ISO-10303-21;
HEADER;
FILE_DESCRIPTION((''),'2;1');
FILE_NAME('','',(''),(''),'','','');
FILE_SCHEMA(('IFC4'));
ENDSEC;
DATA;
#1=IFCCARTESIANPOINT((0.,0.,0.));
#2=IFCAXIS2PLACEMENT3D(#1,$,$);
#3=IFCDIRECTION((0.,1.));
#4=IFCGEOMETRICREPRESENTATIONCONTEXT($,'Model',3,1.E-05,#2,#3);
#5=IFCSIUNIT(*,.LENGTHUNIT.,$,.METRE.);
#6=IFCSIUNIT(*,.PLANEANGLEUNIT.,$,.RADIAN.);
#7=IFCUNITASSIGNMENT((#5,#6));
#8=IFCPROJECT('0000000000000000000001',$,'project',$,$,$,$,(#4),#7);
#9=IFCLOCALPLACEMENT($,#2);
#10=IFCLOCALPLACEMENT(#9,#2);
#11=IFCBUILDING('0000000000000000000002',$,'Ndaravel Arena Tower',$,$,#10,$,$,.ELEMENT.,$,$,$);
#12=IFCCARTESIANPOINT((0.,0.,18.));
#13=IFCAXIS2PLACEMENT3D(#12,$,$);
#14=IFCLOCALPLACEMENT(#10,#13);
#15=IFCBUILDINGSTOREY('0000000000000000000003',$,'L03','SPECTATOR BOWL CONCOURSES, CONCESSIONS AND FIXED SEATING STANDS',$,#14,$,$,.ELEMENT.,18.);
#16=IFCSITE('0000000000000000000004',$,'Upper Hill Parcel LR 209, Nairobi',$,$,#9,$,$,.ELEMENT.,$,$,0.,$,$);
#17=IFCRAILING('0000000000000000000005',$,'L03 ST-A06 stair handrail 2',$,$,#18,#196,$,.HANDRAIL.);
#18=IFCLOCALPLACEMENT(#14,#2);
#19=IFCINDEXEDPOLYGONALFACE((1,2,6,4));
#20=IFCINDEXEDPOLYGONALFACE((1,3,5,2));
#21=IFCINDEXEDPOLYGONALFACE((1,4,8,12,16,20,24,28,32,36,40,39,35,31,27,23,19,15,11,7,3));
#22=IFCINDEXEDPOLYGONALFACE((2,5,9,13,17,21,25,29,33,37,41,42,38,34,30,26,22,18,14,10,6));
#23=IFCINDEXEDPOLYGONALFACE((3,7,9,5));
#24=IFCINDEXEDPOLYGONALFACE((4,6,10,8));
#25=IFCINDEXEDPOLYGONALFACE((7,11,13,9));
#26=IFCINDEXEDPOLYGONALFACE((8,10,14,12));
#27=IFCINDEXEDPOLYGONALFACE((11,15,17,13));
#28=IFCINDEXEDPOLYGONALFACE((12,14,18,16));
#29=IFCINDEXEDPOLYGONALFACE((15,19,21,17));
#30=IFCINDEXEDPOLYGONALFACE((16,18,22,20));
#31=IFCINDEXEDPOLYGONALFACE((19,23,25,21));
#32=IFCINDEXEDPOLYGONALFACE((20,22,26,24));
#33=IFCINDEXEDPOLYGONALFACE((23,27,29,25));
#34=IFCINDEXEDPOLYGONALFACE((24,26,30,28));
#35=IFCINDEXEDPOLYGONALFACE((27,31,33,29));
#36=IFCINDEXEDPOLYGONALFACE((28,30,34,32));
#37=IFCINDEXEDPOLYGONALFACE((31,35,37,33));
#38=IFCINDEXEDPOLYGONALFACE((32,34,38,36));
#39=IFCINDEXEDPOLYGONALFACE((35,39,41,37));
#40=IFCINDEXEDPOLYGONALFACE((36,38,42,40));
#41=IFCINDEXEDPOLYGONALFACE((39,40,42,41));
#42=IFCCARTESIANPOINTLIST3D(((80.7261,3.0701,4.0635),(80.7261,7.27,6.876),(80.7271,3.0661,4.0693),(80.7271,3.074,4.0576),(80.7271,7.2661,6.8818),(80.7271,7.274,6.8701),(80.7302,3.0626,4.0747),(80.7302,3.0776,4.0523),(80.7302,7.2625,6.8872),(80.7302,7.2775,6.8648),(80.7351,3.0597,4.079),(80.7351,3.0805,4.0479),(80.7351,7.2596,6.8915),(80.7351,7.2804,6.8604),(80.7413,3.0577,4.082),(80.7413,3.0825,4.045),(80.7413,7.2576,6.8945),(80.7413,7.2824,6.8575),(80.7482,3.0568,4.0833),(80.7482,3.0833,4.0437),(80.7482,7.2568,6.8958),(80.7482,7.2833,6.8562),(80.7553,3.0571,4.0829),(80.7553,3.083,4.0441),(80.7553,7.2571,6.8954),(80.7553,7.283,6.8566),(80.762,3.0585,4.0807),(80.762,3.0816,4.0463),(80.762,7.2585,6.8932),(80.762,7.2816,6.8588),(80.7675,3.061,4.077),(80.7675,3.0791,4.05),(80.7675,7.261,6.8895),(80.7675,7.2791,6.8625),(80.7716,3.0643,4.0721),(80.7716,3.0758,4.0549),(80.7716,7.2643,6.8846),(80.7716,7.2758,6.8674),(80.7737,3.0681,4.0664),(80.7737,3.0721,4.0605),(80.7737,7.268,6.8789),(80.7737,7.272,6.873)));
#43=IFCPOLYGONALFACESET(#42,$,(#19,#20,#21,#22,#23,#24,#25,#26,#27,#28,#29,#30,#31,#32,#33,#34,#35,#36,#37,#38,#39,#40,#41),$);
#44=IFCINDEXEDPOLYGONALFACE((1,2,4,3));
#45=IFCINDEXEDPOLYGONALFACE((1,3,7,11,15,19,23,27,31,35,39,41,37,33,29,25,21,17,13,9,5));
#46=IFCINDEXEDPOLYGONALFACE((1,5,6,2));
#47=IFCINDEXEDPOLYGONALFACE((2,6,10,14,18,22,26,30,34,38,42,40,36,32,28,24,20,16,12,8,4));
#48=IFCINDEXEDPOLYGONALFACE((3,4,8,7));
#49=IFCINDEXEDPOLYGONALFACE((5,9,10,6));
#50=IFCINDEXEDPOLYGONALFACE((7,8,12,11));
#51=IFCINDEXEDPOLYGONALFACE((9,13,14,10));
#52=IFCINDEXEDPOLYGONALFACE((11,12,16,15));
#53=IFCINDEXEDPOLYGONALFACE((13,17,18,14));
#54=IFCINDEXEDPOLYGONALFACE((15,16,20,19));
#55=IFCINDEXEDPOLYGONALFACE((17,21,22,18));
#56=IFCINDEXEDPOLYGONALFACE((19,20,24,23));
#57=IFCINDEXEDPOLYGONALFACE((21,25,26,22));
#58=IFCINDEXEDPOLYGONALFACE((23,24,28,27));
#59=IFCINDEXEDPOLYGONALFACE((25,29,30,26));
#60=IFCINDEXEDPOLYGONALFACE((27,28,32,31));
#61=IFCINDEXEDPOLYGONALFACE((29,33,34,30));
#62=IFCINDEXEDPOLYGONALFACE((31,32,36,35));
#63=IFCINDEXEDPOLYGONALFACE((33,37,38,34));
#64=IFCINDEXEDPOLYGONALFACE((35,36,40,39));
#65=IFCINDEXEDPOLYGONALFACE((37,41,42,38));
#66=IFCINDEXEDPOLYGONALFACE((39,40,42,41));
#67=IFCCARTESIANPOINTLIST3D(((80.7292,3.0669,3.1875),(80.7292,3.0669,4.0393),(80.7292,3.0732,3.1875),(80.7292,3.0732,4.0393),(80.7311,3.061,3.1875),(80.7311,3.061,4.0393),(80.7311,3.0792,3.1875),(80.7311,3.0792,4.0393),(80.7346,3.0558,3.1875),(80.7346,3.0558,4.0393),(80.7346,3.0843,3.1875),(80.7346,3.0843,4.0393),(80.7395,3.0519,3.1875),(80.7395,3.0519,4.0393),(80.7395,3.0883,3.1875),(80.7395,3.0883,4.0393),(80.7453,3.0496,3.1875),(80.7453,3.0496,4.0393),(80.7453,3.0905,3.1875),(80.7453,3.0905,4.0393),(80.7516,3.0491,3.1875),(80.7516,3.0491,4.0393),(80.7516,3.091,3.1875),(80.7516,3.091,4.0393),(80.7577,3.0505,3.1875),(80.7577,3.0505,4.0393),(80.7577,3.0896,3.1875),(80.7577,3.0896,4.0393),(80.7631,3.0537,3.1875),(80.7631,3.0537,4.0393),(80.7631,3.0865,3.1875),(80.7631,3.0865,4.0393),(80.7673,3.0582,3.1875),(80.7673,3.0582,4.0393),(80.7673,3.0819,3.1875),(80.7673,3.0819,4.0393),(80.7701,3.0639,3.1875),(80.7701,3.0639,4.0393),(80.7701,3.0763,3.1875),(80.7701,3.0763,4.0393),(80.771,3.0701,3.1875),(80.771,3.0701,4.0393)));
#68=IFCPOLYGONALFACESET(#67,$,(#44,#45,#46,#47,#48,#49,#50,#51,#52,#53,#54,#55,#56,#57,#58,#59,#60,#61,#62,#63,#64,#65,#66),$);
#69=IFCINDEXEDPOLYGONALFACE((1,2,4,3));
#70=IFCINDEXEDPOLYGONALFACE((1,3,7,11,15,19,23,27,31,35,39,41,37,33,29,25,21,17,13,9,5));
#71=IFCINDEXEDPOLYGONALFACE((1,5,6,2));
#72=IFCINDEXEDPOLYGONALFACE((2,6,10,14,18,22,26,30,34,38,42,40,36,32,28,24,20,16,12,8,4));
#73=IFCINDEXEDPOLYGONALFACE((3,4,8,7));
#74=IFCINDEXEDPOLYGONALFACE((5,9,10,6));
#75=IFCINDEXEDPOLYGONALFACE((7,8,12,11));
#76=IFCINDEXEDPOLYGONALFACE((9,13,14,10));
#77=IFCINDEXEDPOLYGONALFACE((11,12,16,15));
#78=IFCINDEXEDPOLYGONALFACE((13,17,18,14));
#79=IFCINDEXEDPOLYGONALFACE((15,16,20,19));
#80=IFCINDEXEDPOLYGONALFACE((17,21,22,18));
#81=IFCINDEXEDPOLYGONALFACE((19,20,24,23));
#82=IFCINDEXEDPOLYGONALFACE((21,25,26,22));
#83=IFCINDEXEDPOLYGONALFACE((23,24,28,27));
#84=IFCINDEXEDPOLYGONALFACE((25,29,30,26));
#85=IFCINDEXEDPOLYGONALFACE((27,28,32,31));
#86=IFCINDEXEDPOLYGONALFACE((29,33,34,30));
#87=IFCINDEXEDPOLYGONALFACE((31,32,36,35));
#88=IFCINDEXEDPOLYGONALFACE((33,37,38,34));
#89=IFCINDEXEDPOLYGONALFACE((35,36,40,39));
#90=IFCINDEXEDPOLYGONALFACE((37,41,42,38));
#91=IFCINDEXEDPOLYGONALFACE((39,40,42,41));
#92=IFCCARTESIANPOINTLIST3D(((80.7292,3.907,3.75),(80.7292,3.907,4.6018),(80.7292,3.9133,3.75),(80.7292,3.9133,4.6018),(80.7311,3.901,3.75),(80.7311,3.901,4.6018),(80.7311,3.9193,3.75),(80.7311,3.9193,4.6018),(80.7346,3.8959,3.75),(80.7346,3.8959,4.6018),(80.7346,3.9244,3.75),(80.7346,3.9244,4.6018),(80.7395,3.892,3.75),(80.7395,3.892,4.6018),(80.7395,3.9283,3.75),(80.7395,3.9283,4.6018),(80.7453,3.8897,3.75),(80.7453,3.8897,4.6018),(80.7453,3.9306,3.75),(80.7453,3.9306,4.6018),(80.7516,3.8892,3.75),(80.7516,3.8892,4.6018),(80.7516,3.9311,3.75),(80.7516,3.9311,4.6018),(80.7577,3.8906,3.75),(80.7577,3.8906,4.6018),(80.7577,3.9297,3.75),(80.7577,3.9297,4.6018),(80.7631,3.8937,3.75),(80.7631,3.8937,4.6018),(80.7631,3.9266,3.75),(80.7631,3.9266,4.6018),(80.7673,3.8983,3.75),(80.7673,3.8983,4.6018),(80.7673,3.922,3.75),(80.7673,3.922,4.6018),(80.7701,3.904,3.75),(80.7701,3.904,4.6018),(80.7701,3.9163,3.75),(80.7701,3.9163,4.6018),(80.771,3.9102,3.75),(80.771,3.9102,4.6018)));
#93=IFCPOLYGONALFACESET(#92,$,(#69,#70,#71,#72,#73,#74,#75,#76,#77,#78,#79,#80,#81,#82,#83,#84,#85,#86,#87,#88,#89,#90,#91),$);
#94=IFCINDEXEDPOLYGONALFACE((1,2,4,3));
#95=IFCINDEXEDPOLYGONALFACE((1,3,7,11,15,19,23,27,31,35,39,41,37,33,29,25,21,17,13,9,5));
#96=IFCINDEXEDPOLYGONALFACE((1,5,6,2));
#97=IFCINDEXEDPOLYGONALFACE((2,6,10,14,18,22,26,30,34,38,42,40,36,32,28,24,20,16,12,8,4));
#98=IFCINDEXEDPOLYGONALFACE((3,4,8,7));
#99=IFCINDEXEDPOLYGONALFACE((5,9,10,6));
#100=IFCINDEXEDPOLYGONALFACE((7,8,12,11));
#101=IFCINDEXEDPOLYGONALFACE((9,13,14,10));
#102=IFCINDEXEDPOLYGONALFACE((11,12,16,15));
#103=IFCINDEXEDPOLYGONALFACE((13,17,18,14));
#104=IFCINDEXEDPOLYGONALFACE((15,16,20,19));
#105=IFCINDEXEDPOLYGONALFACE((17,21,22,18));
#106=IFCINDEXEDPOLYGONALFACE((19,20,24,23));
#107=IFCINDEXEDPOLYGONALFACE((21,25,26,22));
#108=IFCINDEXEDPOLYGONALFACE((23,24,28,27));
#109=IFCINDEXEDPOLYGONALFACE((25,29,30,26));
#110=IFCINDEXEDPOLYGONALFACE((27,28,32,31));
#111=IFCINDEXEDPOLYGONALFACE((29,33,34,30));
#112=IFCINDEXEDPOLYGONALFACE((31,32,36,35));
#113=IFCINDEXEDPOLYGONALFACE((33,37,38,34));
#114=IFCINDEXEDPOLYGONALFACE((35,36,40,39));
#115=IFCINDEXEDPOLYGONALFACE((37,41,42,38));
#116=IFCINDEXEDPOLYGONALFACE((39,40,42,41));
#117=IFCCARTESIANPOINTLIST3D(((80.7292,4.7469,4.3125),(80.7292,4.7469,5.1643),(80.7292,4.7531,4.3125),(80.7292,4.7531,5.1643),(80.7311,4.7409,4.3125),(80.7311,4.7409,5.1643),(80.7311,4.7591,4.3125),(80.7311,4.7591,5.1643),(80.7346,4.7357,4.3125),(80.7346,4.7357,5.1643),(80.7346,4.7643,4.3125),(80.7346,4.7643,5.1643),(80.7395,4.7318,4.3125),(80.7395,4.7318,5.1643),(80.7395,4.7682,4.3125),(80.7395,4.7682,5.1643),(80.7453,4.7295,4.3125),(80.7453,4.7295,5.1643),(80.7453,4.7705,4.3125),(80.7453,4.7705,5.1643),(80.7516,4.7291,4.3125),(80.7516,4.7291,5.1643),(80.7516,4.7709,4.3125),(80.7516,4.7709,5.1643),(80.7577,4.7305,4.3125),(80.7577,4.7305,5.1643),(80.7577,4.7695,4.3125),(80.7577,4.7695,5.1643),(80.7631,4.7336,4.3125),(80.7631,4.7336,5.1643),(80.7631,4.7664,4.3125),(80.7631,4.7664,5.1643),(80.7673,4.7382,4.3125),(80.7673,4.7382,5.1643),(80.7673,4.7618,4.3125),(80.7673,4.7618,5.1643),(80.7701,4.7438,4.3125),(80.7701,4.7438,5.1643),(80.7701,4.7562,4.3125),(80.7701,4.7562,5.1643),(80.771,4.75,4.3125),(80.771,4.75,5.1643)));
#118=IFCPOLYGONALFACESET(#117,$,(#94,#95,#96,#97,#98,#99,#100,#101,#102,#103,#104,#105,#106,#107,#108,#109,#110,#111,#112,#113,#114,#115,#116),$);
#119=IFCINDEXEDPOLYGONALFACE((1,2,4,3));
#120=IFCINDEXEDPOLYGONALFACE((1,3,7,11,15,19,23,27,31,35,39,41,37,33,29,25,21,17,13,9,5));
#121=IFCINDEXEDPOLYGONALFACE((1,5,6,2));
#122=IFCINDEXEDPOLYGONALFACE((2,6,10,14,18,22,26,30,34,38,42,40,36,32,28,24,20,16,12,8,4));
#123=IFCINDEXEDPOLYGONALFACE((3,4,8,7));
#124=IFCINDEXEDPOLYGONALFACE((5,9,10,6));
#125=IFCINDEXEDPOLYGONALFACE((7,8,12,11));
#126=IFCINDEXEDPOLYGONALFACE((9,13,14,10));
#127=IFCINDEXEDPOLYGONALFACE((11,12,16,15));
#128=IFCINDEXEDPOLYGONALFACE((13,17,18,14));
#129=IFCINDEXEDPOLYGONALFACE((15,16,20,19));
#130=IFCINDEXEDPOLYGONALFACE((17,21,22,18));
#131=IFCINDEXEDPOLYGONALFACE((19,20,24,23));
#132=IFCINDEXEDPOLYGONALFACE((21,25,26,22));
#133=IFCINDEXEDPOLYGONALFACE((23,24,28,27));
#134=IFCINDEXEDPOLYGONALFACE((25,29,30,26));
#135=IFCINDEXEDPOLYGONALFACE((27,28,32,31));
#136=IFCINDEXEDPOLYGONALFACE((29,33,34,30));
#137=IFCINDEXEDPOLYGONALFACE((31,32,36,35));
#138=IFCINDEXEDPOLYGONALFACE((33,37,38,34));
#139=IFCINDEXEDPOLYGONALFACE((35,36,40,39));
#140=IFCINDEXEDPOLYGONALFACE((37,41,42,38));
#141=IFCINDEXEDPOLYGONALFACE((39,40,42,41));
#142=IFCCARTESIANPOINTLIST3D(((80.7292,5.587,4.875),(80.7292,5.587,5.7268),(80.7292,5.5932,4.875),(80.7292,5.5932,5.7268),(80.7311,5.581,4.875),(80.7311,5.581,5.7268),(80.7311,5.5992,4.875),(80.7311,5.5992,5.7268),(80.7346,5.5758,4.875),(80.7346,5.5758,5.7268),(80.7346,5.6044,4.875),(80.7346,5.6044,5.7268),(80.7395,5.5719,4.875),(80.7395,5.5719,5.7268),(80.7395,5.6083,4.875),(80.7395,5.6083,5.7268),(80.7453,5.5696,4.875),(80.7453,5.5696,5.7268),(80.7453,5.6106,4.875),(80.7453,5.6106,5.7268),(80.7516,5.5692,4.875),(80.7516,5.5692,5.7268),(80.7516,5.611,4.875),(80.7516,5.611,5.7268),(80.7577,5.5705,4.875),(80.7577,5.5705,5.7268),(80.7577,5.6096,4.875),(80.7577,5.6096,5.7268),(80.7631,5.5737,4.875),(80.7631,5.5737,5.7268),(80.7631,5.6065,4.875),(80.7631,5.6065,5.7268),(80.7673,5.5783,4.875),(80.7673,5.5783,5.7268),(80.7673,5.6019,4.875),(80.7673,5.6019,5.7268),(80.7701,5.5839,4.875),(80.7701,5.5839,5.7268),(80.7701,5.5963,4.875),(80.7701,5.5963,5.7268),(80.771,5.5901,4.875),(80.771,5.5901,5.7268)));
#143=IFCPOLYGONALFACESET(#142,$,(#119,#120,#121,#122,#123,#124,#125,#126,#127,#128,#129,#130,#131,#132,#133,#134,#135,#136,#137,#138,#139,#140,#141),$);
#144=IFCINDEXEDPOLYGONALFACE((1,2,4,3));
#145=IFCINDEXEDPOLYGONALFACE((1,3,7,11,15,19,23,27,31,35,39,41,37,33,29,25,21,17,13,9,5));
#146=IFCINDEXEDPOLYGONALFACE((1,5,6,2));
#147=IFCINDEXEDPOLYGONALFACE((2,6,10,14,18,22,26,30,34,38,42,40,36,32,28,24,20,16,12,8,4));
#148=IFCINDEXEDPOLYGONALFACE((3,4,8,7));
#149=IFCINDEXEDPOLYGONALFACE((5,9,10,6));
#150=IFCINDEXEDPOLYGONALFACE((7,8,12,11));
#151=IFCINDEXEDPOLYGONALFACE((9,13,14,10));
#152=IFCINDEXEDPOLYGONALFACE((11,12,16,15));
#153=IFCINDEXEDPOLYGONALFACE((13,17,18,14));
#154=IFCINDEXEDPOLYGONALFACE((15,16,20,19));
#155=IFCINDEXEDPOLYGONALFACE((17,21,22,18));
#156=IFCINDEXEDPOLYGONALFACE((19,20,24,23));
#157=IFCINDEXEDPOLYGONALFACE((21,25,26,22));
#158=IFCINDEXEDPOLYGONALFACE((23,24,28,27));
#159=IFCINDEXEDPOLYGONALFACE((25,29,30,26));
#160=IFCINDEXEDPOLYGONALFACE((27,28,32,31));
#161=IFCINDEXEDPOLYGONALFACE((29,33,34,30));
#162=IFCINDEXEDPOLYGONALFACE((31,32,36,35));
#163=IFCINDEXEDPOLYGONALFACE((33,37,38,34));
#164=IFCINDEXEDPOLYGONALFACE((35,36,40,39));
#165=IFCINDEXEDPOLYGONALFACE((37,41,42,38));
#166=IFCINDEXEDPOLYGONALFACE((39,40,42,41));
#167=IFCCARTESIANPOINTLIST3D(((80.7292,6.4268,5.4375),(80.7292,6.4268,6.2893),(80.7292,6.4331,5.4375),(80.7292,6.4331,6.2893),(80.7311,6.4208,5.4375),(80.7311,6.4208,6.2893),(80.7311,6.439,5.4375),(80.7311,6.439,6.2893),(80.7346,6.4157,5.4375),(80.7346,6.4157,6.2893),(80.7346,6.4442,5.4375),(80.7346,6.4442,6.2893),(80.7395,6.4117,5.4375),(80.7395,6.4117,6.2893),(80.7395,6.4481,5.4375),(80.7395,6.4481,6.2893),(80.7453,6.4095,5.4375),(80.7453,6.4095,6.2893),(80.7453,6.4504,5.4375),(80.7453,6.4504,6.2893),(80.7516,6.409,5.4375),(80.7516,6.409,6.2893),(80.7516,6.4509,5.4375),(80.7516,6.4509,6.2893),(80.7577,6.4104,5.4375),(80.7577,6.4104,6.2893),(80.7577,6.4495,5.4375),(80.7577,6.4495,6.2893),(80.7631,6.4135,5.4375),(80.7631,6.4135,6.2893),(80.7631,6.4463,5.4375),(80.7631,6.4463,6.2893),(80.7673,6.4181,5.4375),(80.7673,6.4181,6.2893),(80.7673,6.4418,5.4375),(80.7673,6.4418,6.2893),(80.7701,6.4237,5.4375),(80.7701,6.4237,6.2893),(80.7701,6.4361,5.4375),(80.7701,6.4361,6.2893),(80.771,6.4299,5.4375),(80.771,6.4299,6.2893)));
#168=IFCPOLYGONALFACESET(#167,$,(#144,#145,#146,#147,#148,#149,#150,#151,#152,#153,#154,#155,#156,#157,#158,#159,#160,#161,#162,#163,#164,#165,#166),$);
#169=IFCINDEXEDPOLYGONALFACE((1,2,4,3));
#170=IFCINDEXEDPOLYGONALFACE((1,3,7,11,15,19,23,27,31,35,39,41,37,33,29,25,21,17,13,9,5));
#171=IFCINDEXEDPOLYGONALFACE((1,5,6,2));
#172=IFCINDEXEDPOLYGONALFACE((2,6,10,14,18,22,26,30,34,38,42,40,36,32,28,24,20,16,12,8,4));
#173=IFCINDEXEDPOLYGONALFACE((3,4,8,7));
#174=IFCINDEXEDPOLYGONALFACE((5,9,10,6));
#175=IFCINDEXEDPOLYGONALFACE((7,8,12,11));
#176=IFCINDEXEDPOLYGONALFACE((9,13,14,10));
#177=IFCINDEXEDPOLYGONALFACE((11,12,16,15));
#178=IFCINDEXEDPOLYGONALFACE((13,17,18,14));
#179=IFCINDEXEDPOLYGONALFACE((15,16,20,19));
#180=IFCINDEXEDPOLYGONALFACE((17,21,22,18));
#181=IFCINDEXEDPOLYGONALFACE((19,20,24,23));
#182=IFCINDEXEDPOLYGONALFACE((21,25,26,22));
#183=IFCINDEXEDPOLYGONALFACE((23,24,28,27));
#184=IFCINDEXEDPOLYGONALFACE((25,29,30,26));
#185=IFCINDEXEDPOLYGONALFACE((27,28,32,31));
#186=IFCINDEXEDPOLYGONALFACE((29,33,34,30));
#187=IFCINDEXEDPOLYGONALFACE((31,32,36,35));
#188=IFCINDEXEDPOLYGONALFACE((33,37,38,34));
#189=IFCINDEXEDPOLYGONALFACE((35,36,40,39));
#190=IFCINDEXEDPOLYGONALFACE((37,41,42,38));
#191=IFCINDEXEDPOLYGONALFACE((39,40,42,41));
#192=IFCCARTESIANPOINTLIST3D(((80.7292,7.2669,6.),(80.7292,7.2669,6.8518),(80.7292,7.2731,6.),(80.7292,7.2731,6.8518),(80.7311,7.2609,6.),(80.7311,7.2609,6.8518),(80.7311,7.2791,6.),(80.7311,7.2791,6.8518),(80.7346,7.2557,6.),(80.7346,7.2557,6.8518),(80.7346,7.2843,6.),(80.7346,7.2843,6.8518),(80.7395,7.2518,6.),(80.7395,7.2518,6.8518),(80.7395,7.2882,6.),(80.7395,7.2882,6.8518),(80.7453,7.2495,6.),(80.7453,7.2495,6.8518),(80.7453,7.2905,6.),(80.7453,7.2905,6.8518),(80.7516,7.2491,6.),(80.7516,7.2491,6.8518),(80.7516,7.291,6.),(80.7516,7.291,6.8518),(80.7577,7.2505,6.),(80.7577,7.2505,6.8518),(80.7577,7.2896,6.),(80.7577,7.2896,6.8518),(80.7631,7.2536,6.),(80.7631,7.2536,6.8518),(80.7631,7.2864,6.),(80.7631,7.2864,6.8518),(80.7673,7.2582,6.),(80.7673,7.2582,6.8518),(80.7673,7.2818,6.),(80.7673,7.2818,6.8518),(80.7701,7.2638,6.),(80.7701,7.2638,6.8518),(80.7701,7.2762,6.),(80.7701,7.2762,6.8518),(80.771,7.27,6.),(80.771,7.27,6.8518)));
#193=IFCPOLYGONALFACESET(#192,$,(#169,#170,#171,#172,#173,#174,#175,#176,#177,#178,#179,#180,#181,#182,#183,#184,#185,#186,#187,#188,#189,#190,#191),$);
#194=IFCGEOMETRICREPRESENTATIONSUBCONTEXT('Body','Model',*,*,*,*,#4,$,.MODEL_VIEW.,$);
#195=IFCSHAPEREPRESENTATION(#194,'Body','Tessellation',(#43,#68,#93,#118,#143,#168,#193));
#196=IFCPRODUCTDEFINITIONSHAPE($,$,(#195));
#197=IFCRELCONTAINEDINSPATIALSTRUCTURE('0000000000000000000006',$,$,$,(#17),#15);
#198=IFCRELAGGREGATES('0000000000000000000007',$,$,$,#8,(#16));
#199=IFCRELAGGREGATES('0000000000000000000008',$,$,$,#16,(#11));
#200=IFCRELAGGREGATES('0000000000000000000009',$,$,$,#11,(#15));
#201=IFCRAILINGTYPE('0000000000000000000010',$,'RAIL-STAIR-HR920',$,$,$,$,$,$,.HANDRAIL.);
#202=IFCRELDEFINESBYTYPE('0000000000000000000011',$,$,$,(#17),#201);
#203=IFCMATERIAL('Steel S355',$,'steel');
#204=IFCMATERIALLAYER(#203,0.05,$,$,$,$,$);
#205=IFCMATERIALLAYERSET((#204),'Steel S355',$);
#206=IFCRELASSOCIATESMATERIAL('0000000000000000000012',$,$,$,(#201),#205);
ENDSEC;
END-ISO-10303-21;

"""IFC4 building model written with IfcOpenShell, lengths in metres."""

from ifc_helpers import new_model, si_unit, direction, frame, origin, origin_2d, place, context, subcontext, project, spatial, circle, extrude, material, layer, layer_set, type_object, element, save


model = new_model("IFC4")

# Units and contexts
model_context = context("Model", 3, precision=1e-05, world=origin(), true_north=direction((0.0, 1.0)))
body_context = subcontext(model_context, "Body", "Model", "MODEL_VIEW")
ifc_project = project(units=[si_unit("LENGTHUNIT", "METRE"), si_unit("PLANEANGLEUNIT", "RADIAN")], contexts=[model_context])

# Site, building, storey
site_placement = place(None, origin())
site = spatial("IfcSite", under=ifc_project, at=site_placement, Name="Upper Hill Parcel LR 209, Nairobi", CompositionType="ELEMENT", RefElevation=0.0)
building_placement = place(site_placement, origin())
building = spatial("IfcBuilding", under=site, at=building_placement, Name="Ndaravel Arena Tower", CompositionType="ELEMENT")
storey_placement = place(building_placement, frame((0.0, 0.0, 18.0)))
storey = spatial("IfcBuildingStorey", under=building, at=storey_placement, Name="L03", Description="SPECTATOR BOWL CONCOURSES, CONCESSIONS AND FIXED SEATING STANDS", CompositionType="ELEMENT", Elevation=18.0)

# Railing
ifc_material_1 = material(Name="Steel S355", Category="steel")
ifc_layer_1 = layer(ifc_material_1, 0.05)
ifc_layer_set_1 = layer_set([ifc_layer_1], Name="Steel S355")
railing_type_1 = type_object("IfcRailingType", Name="RAIL-STAIR-HR920", PredefinedType="HANDRAIL", material=ifc_layer_set_1)
railing_1_placement = place(storey_placement, frame((80.75, 3.0701, 3.1875)))
element("IfcRailing", 1, at=railing_1_placement, inside=storey, type_object=railing_type_1, Name="L03 ST-A06 stair handrail 2", PredefinedType="HANDRAIL", context=body_context, shape_type="SweptSolid", body=[
    extrude(circle(Radius=0.0239, at=origin_2d()), frame((0.0, 0.0, 0.876), z_axis=(0.0, 0.830904, 0.556416), x_axis=(-1.0, 0.0, 0.0)), (0.0, 0.0, 1.0), 5.0547),
    extrude(circle(Radius=0.021, at=origin_2d()), origin(), (0.0, 0.0, 1.0), 0.8518),
    extrude(circle(Radius=0.021, at=origin_2d()), frame((0.0, 0.8401, 0.5625)), (0.0, 0.0, 1.0), 0.8518),
    extrude(circle(Radius=0.021, at=origin_2d()), frame((0.0, 1.6799, 1.125)), (0.0, 0.0, 1.0), 0.8518),
    extrude(circle(Radius=0.021, at=origin_2d()), frame((0.0, 2.52, 1.6875)), (0.0, 0.0, 1.0), 0.8518),
    extrude(circle(Radius=0.021, at=origin_2d()), frame((0.0, 3.3599, 2.25)), (0.0, 0.0, 1.0), 0.8518),
    extrude(circle(Radius=0.021, at=origin_2d()), frame((0.0, 4.2, 2.8125)), (0.0, 0.0, 1.0), 0.8518),
])

save(model, "model.ifc")
